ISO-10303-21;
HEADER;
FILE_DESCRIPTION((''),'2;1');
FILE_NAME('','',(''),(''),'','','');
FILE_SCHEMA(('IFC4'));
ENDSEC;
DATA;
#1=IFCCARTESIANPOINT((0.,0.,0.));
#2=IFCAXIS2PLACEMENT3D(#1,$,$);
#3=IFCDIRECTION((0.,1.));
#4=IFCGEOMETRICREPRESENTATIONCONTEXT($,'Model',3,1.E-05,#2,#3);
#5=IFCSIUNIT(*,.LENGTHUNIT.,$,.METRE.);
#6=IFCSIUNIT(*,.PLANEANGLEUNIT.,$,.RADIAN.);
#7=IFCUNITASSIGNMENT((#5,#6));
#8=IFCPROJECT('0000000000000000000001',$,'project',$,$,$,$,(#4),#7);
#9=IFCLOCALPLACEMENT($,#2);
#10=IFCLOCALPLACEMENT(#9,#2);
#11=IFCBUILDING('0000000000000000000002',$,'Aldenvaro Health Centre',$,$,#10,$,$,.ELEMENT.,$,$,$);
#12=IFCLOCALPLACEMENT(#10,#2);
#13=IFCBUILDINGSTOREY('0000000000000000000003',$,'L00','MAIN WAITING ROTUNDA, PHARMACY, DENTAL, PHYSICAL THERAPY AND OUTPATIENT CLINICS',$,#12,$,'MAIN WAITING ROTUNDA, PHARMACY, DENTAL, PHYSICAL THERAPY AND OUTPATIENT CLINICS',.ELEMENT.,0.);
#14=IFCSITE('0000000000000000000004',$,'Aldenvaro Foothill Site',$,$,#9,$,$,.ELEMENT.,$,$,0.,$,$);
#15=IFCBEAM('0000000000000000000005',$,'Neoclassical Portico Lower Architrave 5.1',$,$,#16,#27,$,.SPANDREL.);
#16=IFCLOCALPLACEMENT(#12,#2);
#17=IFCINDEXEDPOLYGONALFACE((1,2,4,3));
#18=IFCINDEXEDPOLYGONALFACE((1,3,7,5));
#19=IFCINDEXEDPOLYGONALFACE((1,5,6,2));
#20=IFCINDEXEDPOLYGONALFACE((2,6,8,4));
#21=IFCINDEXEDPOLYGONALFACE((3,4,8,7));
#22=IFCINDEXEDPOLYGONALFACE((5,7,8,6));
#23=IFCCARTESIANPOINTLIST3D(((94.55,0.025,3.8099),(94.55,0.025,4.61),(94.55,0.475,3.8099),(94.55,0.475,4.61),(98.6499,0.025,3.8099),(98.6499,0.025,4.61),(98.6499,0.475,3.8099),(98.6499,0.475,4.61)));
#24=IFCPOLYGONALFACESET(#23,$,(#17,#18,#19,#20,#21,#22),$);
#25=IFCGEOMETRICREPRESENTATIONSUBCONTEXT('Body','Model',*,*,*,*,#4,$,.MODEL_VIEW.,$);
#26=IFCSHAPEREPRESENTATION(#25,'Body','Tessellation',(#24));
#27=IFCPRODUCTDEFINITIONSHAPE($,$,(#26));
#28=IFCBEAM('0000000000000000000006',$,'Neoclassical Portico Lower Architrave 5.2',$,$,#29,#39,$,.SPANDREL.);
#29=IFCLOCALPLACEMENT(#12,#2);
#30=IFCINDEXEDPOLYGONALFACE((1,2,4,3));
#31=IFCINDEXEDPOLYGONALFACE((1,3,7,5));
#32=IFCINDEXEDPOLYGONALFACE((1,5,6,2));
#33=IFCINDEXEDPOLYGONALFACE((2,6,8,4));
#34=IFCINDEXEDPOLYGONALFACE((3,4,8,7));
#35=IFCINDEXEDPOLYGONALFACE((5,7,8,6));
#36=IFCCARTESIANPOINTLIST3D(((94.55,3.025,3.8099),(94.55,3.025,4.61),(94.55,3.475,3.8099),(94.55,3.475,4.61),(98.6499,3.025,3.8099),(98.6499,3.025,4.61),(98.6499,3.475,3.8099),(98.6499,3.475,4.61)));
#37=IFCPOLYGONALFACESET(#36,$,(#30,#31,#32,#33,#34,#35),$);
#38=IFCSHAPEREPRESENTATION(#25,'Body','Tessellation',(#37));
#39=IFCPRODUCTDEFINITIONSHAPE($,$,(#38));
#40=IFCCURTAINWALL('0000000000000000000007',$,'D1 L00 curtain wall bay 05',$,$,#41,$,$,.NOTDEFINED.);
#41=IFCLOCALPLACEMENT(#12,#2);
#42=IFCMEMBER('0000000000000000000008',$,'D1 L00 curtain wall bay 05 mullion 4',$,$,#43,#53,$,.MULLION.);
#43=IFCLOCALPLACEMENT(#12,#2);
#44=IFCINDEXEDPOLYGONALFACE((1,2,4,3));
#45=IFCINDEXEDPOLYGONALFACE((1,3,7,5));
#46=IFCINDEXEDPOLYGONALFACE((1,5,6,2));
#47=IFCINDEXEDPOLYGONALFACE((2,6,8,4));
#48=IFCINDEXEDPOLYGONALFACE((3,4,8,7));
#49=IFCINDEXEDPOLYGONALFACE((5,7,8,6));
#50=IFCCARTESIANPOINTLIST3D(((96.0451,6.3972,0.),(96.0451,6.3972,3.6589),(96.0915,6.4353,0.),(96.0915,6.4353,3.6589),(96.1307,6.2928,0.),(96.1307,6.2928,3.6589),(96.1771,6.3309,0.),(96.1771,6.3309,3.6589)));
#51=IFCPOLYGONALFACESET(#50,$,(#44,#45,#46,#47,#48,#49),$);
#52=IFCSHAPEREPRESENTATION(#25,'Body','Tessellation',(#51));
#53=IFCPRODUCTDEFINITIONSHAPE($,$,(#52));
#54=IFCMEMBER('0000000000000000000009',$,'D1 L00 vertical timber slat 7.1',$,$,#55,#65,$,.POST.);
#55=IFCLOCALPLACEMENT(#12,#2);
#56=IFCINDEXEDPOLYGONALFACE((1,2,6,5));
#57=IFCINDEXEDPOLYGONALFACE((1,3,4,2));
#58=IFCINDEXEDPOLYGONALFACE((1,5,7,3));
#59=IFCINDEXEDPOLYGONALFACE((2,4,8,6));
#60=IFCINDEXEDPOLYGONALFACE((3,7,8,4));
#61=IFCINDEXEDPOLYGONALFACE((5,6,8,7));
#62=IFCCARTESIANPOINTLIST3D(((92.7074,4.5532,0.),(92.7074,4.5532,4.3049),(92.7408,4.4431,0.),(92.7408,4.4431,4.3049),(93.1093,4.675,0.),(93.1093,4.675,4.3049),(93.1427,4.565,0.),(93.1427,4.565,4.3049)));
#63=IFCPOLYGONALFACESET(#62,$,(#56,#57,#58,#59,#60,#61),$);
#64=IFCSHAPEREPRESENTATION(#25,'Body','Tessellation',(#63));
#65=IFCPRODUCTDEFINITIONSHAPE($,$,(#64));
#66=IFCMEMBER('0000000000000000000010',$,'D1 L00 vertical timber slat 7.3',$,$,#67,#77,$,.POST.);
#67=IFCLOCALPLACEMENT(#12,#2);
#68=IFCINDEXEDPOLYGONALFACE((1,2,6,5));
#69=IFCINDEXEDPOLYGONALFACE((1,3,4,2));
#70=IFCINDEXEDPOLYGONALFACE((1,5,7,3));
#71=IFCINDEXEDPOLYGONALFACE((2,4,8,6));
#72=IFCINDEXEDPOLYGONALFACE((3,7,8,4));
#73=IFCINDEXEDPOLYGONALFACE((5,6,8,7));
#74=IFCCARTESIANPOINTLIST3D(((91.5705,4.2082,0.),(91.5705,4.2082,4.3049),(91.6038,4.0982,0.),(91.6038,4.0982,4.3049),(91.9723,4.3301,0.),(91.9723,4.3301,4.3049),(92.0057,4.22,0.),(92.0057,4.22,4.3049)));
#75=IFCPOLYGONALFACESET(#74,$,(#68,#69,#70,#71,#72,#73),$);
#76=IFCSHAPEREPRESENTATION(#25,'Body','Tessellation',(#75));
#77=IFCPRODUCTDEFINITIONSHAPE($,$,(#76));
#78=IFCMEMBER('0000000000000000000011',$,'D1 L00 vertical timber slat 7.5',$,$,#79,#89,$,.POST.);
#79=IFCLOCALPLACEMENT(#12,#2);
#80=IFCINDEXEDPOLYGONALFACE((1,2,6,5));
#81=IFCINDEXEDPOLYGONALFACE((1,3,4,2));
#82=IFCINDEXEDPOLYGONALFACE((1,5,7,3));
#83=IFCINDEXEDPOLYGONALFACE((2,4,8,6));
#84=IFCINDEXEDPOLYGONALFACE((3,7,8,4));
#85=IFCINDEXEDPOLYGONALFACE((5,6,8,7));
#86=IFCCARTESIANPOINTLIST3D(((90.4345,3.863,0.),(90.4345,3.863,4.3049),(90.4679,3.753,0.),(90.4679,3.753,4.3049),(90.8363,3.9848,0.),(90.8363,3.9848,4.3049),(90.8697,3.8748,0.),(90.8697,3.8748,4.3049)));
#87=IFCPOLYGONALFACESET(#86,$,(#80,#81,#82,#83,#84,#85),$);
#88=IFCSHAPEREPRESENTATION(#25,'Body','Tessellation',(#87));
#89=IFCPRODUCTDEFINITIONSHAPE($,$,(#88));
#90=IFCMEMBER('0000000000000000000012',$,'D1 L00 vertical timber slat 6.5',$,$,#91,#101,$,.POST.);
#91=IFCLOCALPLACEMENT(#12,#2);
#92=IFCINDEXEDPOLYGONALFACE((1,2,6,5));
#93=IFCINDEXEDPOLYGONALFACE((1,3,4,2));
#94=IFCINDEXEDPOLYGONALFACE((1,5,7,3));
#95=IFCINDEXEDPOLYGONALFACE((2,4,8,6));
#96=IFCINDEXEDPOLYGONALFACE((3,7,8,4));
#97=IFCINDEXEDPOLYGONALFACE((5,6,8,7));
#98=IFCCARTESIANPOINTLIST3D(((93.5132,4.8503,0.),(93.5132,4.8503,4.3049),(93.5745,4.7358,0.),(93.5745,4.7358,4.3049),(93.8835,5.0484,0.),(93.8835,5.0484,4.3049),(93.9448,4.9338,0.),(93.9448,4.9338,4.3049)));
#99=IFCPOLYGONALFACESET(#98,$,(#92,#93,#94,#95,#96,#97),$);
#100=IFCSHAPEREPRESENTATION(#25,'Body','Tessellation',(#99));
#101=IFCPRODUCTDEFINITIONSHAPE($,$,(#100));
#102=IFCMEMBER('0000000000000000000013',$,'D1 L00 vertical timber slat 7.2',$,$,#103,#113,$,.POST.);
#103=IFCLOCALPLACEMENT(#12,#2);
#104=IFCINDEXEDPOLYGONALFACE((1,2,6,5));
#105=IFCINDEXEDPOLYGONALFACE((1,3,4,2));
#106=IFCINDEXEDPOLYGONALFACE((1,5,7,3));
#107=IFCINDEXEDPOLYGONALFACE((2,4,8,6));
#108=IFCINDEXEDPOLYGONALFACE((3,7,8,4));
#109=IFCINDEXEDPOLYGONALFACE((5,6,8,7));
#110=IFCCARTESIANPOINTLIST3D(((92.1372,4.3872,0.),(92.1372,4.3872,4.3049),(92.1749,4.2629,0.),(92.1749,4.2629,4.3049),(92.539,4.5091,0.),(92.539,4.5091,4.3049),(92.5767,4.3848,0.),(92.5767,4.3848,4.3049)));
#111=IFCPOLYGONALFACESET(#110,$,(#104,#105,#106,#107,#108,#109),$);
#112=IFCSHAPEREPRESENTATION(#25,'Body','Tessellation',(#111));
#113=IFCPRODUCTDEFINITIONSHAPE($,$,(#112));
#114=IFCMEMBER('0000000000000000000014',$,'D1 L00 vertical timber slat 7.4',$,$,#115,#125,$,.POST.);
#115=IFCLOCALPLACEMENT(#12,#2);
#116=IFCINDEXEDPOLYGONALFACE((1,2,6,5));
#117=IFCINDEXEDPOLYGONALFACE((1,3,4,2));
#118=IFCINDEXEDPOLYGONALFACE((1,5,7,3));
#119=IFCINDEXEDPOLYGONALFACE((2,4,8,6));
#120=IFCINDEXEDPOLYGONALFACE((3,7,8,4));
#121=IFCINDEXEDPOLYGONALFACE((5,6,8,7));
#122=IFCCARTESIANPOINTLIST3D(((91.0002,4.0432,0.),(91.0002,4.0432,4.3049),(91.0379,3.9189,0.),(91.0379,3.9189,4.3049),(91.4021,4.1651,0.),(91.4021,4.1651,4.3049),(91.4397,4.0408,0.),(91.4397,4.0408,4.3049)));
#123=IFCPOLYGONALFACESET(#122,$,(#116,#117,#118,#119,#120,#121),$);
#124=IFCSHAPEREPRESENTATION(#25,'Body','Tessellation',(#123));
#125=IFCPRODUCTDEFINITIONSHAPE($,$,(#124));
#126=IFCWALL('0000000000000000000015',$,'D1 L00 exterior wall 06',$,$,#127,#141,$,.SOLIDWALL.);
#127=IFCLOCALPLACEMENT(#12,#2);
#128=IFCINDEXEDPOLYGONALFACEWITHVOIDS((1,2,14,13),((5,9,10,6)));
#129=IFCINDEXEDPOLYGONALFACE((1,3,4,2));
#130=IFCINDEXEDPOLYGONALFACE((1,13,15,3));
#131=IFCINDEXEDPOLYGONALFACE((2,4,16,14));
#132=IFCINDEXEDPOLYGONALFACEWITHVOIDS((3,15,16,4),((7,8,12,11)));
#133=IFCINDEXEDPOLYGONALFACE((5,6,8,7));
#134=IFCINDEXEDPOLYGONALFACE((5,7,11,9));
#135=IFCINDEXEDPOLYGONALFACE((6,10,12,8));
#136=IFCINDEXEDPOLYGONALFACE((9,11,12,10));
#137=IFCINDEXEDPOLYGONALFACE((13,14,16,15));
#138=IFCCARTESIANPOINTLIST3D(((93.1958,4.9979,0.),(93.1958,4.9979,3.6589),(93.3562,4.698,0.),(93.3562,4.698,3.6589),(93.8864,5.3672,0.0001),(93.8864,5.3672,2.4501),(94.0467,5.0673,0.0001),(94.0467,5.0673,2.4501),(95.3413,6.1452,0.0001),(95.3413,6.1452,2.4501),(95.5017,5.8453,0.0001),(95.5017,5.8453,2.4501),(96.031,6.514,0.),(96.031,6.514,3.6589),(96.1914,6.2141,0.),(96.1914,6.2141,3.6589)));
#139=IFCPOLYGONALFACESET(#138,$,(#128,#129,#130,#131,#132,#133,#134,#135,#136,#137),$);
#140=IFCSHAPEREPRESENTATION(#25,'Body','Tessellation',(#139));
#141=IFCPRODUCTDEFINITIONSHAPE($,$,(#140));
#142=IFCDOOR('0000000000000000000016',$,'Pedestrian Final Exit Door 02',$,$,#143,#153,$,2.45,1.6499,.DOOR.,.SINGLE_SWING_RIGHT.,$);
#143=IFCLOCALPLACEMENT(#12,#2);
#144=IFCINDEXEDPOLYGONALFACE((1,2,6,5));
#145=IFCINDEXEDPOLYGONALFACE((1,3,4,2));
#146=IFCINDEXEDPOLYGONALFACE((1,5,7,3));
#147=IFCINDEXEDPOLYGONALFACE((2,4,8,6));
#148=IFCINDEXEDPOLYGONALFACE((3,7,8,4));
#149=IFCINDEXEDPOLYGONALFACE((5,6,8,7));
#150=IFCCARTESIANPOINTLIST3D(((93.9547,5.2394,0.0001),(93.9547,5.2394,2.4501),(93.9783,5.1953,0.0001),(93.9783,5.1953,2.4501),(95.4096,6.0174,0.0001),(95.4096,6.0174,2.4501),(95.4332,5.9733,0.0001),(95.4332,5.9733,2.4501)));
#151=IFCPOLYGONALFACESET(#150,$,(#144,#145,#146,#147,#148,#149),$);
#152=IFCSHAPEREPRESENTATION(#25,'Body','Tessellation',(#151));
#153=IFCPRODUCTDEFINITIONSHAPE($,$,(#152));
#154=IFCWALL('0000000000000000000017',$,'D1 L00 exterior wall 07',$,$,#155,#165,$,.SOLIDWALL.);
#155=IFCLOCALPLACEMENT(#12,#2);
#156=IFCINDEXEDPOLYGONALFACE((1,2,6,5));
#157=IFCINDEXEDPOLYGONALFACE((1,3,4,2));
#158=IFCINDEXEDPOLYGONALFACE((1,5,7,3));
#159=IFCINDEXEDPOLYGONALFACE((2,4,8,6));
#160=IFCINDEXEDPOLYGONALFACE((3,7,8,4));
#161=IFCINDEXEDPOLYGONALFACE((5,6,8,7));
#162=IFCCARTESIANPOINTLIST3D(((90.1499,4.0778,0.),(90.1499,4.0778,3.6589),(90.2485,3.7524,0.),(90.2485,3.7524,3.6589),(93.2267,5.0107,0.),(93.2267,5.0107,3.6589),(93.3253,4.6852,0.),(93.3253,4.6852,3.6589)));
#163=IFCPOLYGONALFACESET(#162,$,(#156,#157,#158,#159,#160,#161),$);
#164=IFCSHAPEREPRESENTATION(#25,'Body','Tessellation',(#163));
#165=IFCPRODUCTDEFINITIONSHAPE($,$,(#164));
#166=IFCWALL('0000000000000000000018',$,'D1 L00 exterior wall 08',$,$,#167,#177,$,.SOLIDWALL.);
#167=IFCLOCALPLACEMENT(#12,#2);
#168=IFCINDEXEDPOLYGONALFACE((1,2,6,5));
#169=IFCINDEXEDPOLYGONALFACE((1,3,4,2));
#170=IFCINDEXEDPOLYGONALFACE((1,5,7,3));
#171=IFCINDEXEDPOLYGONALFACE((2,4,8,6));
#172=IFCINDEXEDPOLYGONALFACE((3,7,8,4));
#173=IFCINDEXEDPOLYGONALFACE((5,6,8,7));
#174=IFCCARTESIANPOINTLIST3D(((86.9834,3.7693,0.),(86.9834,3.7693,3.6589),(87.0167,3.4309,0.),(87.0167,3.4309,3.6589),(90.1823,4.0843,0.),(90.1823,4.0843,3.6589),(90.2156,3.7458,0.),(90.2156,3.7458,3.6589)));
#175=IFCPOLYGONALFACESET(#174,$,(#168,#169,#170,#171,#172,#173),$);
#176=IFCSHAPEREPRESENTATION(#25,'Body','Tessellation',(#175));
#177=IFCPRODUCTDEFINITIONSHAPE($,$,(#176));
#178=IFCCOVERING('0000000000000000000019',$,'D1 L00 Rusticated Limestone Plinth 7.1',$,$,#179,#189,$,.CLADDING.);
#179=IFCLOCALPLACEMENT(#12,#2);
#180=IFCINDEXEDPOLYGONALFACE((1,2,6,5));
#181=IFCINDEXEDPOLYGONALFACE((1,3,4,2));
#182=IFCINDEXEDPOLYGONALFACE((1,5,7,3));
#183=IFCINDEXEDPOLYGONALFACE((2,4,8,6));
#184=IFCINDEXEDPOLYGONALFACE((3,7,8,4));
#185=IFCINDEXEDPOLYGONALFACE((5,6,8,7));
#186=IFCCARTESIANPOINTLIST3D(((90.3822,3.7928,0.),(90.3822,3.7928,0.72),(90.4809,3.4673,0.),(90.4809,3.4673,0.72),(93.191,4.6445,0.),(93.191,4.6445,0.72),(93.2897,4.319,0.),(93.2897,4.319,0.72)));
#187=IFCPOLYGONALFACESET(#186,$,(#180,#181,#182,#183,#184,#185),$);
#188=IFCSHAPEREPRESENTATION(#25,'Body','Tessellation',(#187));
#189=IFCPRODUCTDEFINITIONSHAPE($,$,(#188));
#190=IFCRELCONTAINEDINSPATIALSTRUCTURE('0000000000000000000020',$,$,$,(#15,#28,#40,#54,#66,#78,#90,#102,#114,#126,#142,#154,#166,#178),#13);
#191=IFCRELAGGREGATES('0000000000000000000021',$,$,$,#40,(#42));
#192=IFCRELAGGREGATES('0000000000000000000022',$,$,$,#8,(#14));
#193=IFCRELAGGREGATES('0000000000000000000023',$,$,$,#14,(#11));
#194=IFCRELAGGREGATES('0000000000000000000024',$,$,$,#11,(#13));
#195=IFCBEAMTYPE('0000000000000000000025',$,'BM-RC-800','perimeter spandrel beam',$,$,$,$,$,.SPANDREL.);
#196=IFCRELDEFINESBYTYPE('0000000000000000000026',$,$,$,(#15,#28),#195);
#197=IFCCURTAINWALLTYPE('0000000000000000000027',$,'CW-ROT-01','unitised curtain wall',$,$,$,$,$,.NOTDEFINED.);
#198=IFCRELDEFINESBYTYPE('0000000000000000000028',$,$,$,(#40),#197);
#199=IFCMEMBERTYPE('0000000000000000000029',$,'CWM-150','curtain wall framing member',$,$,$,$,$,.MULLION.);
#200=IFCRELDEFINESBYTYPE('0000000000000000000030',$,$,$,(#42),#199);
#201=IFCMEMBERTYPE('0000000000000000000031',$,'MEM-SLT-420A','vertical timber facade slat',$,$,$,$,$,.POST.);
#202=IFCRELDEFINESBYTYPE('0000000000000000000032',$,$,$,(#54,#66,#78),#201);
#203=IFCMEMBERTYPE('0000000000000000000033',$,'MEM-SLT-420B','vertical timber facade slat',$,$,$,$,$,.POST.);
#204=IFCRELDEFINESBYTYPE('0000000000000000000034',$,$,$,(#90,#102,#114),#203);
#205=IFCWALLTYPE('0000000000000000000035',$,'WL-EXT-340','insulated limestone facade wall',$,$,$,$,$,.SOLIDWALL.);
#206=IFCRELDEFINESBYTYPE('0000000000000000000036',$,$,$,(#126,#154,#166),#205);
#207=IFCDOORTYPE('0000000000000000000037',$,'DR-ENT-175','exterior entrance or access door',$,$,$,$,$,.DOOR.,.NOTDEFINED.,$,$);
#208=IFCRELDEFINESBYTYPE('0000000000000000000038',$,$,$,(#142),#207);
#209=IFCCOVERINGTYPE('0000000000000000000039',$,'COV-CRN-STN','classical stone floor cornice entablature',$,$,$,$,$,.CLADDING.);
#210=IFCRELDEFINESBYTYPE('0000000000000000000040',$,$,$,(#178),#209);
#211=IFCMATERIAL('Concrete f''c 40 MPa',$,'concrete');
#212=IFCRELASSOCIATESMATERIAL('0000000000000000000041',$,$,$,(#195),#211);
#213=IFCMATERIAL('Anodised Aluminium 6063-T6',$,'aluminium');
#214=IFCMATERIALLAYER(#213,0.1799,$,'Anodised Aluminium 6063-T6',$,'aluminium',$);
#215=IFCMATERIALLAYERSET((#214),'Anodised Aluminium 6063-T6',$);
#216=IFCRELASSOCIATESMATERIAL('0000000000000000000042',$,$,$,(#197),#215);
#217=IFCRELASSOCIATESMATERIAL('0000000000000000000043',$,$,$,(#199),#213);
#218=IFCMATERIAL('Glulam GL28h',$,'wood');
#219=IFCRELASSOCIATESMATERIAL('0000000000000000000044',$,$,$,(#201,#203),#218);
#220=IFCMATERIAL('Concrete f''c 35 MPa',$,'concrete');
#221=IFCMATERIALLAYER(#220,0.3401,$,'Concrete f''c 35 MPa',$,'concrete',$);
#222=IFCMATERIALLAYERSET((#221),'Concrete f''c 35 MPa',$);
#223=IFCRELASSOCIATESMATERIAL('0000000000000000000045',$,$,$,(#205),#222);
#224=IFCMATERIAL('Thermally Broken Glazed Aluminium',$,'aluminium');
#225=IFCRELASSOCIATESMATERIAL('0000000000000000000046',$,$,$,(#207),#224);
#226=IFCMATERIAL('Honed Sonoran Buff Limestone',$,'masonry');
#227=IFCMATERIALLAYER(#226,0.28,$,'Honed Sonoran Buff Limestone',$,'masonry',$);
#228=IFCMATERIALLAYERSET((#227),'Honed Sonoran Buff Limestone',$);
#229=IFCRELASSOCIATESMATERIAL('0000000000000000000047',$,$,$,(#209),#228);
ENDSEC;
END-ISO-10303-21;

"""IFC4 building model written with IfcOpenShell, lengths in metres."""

from ifc_helpers import new_model, si_unit, direction, frame, frame_2d, origin, origin_2d, place, context, subcontext, project, spatial, rectangle, extrude, material, layer, layer_set, material_profile, profile_set, type_object, element, fill, aggregate, save


model = new_model("IFC4")

# Units and contexts
model_context = context("Model", 3, precision=1e-05, world=origin(), true_north=direction((0.0, 1.0)))
body_context = subcontext(model_context, "Body", "Model", "MODEL_VIEW")
ifc_project = project(units=[si_unit("LENGTHUNIT", "METRE"), si_unit("PLANEANGLEUNIT", "RADIAN")], contexts=[model_context])

# Site, building, storey
site_placement = place(None, origin())
site = spatial("IfcSite", under=ifc_project, at=site_placement, Name="Aldenvaro Foothill Site", CompositionType="ELEMENT", RefElevation=0.0)
building_placement = place(site_placement, origin())
building = spatial("IfcBuilding", under=site, at=building_placement, Name="Aldenvaro Health Centre", CompositionType="ELEMENT")
storey_placement = place(building_placement, origin())
storey = spatial("IfcBuildingStorey", under=building, at=storey_placement, Name="L00", Description="MAIN WAITING ROTUNDA, PHARMACY, DENTAL, PHYSICAL THERAPY AND OUTPATIENT CLINICS", LongName="MAIN WAITING ROTUNDA, PHARMACY, DENTAL, PHYSICAL THERAPY AND OUTPATIENT CLINICS", CompositionType="ELEMENT", Elevation=0.0)

# Shared definitions
ifc_material_1 = material(Name="Concrete f'c 40 MPa", Category="concrete")

# Beams
ifc_material_2 = material(Name="Glulam GL28h", Category="wood")
ifc_material_profile_1 = material_profile(ifc_material_1, rectangle(XDim=0.45, YDim=0.8, at=origin_2d()), Name="RC 450x800", Category="concrete")
ifc_profile_set_1 = profile_set([ifc_material_profile_1], Name="Concrete f'c 40 MPa")
beam_type_1 = type_object("IfcBeamType", Name="BM-RC-800", Description="perimeter spandrel beam", PredefinedType="SPANDREL", material=ifc_profile_set_1)
for number, where, z_axis, x_axis, name in (
    (1, (94.55, 0.25, 4.21), (1.0, 0.0, 0.0), (0.0, 1.0, 0.0), "Neoclassical Portico Lower Architrave 5.1"),
    (2, (94.55, 3.25, 4.21), (1.0, 0.0, 0.0), (0.0, 1.0, 0.0), "Neoclassical Portico Lower Architrave 5.2"),
):
    element("IfcBeam", number, at=place(storey_placement, frame(where, z_axis=z_axis, x_axis=x_axis)), inside=storey, type_object=beam_type_1, Name=name, PredefinedType="SPANDREL", context=body_context, shape_type="SweptSolid", body=[
        extrude(rectangle(XDim=0.45, YDim=0.8, at=origin_2d()), origin(), (0.0, 0.0, 1.0), 4.0999),
    ])

# Curtain wall, member
ifc_material_3 = material(Name="Anodised Aluminium 6063-T6", Category="aluminium")
ifc_layer_1 = layer(ifc_material_3, 0.1799, Name="Anodised Aluminium 6063-T6", Category="aluminium")
ifc_layer_set_1 = layer_set([ifc_layer_1], Name="Anodised Aluminium 6063-T6")
curtain_wall_type = type_object("IfcCurtainWallType", Name="CW-ROT-01", Description="unitised curtain wall", PredefinedType="NOTDEFINED", material=ifc_layer_set_1)
curtain_wall_placement = place(storey_placement, origin())
curtain_wall = element("IfcCurtainWall", 3, at=curtain_wall_placement, inside=storey, type_object=curtain_wall_type, Name="D1 L00 curtain wall bay 05", PredefinedType="NOTDEFINED")
ifc_material_profile_2 = material_profile(ifc_material_3, rectangle(XDim=0.0601, YDim=0.135, at=origin_2d()), Name="ALU 60x135", Category="aluminium")
ifc_profile_set_2 = profile_set([ifc_material_profile_2], Name="Anodised Aluminium 6063-T6")
member_type_1 = type_object("IfcMemberType", Name="CWM-150", Description="curtain wall framing member", PredefinedType="MULLION", material=ifc_profile_set_2)
member_placement = place(storey_placement, frame((96.1111, 6.364, 0.0), z_axis=(0.0, 0.0, 1.0), x_axis=(-0.773195, -0.634169, 0.0)))
member = element("IfcMember", 4, at=member_placement, type_object=member_type_1, Name="D1 L00 curtain wall bay 05 mullion 4", PredefinedType="MULLION", context=body_context, shape_type="SweptSolid", body=[
    extrude(rectangle(XDim=0.0601, YDim=0.135, at=origin_2d()), origin(), (0.0, 0.0, 1.0), 3.6589),
])
aggregate(curtain_wall, [member])

# Members
ifc_material_profile_3 = material_profile(ifc_material_2, rectangle(XDim=0.115, YDim=0.4199, at=origin_2d()), Name="GL 115x420", Category="wood")
ifc_profile_set_3 = profile_set([ifc_material_profile_3], Name="Glulam GL28h")
member_type_2 = type_object("IfcMemberType", Name="MEM-SLT-420A", Description="vertical timber facade slat", PredefinedType="POST", material=ifc_profile_set_3)
for number, where, z_axis, x_axis, name in (
    (5, (92.925, 4.5591, 0.0), (0.0, 0.0, 1.0), (0.290171, -0.956975, 0.0), "D1 L00 vertical timber slat 7.1"),
    (6, (91.7881, 4.2141, 0.0), (0.0, 0.0, 1.0), (0.290171, -0.956975, 0.0), "D1 L00 vertical timber slat 7.3"),
    (7, (90.6521, 3.8689, 0.0), (0.0, 0.0, 1.0), (0.290171, -0.956975, 0.0), "D1 L00 vertical timber slat 7.5"),
):
    element("IfcMember", number, at=place(storey_placement, frame(where, z_axis=z_axis, x_axis=x_axis)), inside=storey, type_object=member_type_2, Name=name, PredefinedType="POST", context=body_context, shape_type="SweptSolid", body=[
        extrude(rectangle(XDim=0.115, YDim=0.4199, at=origin_2d()), origin(), (0.0, 0.0, 1.0), 4.3049),
    ])
ifc_material_profile_4 = material_profile(ifc_material_2, rectangle(XDim=0.1299, YDim=0.4199, at=origin_2d()), Name="GL 130x420", Category="wood")
ifc_profile_set_4 = profile_set([ifc_material_profile_4], Name="Glulam GL28h")
member_type_3 = type_object("IfcMemberType", Name="MEM-SLT-420B", Description="vertical timber facade slat", PredefinedType="POST", material=ifc_profile_set_4)
for number, where, z_axis, x_axis, name in (
    (8, (93.729, 4.8921, 0.0), (0.0, 0.0, 1.0), (0.471557, -0.881836, 0.0), "D1 L00 vertical timber slat 6.5"),
    (9, (92.3569, 4.386, 0.0), (0.0, 0.0, 1.0), (0.290171, -0.956975, 0.0), "D1 L00 vertical timber slat 7.2"),
    (10, (91.22, 4.042, 0.0), (0.0, 0.0, 1.0), (0.290171, -0.956975, 0.0), "D1 L00 vertical timber slat 7.4"),
):
    element("IfcMember", number, at=place(storey_placement, frame(where, z_axis=z_axis, x_axis=x_axis)), inside=storey, type_object=member_type_3, Name=name, PredefinedType="POST", context=body_context, shape_type="SweptSolid", body=[
        extrude(rectangle(XDim=0.1299, YDim=0.4199, at=origin_2d()), origin(), (0.0, 0.0, 1.0), 4.3049),
    ])

# Wall, opening, door
ifc_material_4 = material(Name="Concrete f'c 35 MPa", Category="concrete")
ifc_layer_2 = layer(ifc_material_4, 0.3401, Name="Concrete f'c 35 MPa", Category="concrete")
ifc_layer_set_2 = layer_set([ifc_layer_2], Name="Concrete f'c 35 MPa")
wall_type = type_object("IfcWallType", Name="WL-EXT-340", Description="insulated limestone facade wall", PredefinedType="SOLIDWALL", material=ifc_layer_set_2)
wall_1_placement = place(storey_placement, frame((96.1111, 6.364, 0.0), z_axis=(0.0, 0.0, 1.0), x_axis=(-0.881835, -0.471558, 0.0)))
wall_1 = element("IfcWall", 11, at=wall_1_placement, inside=storey, type_object=wall_type, Name="D1 L00 exterior wall 06", PredefinedType="SOLIDWALL", context=body_context, shape_type="SweptSolid", body=[
    extrude(rectangle(XDim=3.2151, YDim=0.3401, at=frame_2d((1.6074, 0.0))), origin(), (0.0, 0.0, 1.0), 3.6589),
])
opening_placement = place(wall_1_placement, frame((0.782, 0.0, 0.0)))
opening = element("IfcOpeningElement", 12, at=opening_placement, cuts=wall_1, PredefinedType="OPENING", context=body_context, shape_type="SweptSolid", body=[
    extrude(rectangle(XDim=1.6499, YDim=2.45, at=frame_2d((0.825, 1.2251))), frame((0.0, 0.1802, 0.0), z_axis=(0.0, -1.0, 0.0), x_axis=(1.0, 0.0, 0.0)), (0.0, 0.0, 1.0), 0.3601),
])
ifc_material_5 = material(Name="Thermally Broken Glazed Aluminium", Category="aluminium")
door_type = type_object("IfcDoorType", Name="DR-ENT-175", Description="exterior entrance or access door", OperationType="NOTDEFINED", PredefinedType="DOOR", material=ifc_material_5)
door_placement = place(opening_placement, origin())
door = element("IfcDoor", 13, at=door_placement, inside=storey, type_object=door_type, Name="Pedestrian Final Exit Door 02", OperationType="SINGLE_SWING_RIGHT", OverallHeight=2.45, OverallWidth=1.6499, PredefinedType="DOOR", context=body_context, shape_type="SweptSolid", body=[
    extrude(rectangle(XDim=1.6499, YDim=2.45, at=frame_2d((0.825, 1.2251))), frame((0.0, 0.0249, 0.0), z_axis=(0.0, -1.0, 0.0), x_axis=(1.0, 0.0, 0.0)), (0.0, 0.0, 1.0), 0.05),
])
fill(opening, door)

# Walls
wall_2_placement = place(storey_placement, frame((93.2759, 4.8479, 0.0), z_axis=(0.0, 0.0, 1.0), x_axis=(-0.956984, -0.29014, 0.0)))
element("IfcWall", 14, at=wall_2_placement, inside=storey, type_object=wall_type, Name="D1 L00 exterior wall 07", PredefinedType="SOLIDWALL", context=body_context, shape_type="SweptSolid", body=[
    extrude(rectangle(XDim=3.2151, YDim=0.3401, at=frame_2d((1.6074, 0.0))), origin(), (0.0, 0.0, 1.0), 3.6589),
])
wall_3_placement = place(storey_placement, frame((90.199, 3.915, 0.0), z_axis=(0.0, 0.0, 1.0), x_axis=(-0.995189, -0.097977, 0.0)))
element("IfcWall", 15, at=wall_3_placement, inside=storey, type_object=wall_type, Name="D1 L00 exterior wall 08", PredefinedType="SOLIDWALL", context=body_context, shape_type="SweptSolid", body=[
    extrude(rectangle(XDim=3.2144, YDim=0.3401, at=frame_2d((1.6072, 0.0))), origin(), (0.0, 0.0, 1.0), 3.6589),
])

# Covering
ifc_material_6 = material(Name="Honed Sonoran Buff Limestone", Category="masonry")
ifc_layer_3 = layer(ifc_material_6, 0.28, Name="Honed Sonoran Buff Limestone", Category="masonry")
ifc_layer_set_3 = layer_set([ifc_layer_3], Name="Honed Sonoran Buff Limestone")
covering_type = type_object("IfcCoveringType", Name="COV-CRN-STN", Description="classical stone floor cornice entablature", PredefinedType="CLADDING", material=ifc_layer_set_3)
covering_1_placement = place(storey_placement, frame((91.8359, 4.0559, 0.0), z_axis=(0.0, 0.0, 1.0), x_axis=(-0.956975, -0.290171, 0.0)))
element("IfcCovering", 16, at=covering_1_placement, inside=storey, type_object=covering_type, Name="D1 L00 Rusticated Limestone Plinth 7.1", PredefinedType="CLADDING", context=body_context, shape_type="SweptSolid", body=[
    extrude(rectangle(XDim=2.9351, YDim=0.3401, at=origin_2d()), origin(), (0.0, 0.0, 1.0), 0.72),
])

save(model, "model.ifc")
